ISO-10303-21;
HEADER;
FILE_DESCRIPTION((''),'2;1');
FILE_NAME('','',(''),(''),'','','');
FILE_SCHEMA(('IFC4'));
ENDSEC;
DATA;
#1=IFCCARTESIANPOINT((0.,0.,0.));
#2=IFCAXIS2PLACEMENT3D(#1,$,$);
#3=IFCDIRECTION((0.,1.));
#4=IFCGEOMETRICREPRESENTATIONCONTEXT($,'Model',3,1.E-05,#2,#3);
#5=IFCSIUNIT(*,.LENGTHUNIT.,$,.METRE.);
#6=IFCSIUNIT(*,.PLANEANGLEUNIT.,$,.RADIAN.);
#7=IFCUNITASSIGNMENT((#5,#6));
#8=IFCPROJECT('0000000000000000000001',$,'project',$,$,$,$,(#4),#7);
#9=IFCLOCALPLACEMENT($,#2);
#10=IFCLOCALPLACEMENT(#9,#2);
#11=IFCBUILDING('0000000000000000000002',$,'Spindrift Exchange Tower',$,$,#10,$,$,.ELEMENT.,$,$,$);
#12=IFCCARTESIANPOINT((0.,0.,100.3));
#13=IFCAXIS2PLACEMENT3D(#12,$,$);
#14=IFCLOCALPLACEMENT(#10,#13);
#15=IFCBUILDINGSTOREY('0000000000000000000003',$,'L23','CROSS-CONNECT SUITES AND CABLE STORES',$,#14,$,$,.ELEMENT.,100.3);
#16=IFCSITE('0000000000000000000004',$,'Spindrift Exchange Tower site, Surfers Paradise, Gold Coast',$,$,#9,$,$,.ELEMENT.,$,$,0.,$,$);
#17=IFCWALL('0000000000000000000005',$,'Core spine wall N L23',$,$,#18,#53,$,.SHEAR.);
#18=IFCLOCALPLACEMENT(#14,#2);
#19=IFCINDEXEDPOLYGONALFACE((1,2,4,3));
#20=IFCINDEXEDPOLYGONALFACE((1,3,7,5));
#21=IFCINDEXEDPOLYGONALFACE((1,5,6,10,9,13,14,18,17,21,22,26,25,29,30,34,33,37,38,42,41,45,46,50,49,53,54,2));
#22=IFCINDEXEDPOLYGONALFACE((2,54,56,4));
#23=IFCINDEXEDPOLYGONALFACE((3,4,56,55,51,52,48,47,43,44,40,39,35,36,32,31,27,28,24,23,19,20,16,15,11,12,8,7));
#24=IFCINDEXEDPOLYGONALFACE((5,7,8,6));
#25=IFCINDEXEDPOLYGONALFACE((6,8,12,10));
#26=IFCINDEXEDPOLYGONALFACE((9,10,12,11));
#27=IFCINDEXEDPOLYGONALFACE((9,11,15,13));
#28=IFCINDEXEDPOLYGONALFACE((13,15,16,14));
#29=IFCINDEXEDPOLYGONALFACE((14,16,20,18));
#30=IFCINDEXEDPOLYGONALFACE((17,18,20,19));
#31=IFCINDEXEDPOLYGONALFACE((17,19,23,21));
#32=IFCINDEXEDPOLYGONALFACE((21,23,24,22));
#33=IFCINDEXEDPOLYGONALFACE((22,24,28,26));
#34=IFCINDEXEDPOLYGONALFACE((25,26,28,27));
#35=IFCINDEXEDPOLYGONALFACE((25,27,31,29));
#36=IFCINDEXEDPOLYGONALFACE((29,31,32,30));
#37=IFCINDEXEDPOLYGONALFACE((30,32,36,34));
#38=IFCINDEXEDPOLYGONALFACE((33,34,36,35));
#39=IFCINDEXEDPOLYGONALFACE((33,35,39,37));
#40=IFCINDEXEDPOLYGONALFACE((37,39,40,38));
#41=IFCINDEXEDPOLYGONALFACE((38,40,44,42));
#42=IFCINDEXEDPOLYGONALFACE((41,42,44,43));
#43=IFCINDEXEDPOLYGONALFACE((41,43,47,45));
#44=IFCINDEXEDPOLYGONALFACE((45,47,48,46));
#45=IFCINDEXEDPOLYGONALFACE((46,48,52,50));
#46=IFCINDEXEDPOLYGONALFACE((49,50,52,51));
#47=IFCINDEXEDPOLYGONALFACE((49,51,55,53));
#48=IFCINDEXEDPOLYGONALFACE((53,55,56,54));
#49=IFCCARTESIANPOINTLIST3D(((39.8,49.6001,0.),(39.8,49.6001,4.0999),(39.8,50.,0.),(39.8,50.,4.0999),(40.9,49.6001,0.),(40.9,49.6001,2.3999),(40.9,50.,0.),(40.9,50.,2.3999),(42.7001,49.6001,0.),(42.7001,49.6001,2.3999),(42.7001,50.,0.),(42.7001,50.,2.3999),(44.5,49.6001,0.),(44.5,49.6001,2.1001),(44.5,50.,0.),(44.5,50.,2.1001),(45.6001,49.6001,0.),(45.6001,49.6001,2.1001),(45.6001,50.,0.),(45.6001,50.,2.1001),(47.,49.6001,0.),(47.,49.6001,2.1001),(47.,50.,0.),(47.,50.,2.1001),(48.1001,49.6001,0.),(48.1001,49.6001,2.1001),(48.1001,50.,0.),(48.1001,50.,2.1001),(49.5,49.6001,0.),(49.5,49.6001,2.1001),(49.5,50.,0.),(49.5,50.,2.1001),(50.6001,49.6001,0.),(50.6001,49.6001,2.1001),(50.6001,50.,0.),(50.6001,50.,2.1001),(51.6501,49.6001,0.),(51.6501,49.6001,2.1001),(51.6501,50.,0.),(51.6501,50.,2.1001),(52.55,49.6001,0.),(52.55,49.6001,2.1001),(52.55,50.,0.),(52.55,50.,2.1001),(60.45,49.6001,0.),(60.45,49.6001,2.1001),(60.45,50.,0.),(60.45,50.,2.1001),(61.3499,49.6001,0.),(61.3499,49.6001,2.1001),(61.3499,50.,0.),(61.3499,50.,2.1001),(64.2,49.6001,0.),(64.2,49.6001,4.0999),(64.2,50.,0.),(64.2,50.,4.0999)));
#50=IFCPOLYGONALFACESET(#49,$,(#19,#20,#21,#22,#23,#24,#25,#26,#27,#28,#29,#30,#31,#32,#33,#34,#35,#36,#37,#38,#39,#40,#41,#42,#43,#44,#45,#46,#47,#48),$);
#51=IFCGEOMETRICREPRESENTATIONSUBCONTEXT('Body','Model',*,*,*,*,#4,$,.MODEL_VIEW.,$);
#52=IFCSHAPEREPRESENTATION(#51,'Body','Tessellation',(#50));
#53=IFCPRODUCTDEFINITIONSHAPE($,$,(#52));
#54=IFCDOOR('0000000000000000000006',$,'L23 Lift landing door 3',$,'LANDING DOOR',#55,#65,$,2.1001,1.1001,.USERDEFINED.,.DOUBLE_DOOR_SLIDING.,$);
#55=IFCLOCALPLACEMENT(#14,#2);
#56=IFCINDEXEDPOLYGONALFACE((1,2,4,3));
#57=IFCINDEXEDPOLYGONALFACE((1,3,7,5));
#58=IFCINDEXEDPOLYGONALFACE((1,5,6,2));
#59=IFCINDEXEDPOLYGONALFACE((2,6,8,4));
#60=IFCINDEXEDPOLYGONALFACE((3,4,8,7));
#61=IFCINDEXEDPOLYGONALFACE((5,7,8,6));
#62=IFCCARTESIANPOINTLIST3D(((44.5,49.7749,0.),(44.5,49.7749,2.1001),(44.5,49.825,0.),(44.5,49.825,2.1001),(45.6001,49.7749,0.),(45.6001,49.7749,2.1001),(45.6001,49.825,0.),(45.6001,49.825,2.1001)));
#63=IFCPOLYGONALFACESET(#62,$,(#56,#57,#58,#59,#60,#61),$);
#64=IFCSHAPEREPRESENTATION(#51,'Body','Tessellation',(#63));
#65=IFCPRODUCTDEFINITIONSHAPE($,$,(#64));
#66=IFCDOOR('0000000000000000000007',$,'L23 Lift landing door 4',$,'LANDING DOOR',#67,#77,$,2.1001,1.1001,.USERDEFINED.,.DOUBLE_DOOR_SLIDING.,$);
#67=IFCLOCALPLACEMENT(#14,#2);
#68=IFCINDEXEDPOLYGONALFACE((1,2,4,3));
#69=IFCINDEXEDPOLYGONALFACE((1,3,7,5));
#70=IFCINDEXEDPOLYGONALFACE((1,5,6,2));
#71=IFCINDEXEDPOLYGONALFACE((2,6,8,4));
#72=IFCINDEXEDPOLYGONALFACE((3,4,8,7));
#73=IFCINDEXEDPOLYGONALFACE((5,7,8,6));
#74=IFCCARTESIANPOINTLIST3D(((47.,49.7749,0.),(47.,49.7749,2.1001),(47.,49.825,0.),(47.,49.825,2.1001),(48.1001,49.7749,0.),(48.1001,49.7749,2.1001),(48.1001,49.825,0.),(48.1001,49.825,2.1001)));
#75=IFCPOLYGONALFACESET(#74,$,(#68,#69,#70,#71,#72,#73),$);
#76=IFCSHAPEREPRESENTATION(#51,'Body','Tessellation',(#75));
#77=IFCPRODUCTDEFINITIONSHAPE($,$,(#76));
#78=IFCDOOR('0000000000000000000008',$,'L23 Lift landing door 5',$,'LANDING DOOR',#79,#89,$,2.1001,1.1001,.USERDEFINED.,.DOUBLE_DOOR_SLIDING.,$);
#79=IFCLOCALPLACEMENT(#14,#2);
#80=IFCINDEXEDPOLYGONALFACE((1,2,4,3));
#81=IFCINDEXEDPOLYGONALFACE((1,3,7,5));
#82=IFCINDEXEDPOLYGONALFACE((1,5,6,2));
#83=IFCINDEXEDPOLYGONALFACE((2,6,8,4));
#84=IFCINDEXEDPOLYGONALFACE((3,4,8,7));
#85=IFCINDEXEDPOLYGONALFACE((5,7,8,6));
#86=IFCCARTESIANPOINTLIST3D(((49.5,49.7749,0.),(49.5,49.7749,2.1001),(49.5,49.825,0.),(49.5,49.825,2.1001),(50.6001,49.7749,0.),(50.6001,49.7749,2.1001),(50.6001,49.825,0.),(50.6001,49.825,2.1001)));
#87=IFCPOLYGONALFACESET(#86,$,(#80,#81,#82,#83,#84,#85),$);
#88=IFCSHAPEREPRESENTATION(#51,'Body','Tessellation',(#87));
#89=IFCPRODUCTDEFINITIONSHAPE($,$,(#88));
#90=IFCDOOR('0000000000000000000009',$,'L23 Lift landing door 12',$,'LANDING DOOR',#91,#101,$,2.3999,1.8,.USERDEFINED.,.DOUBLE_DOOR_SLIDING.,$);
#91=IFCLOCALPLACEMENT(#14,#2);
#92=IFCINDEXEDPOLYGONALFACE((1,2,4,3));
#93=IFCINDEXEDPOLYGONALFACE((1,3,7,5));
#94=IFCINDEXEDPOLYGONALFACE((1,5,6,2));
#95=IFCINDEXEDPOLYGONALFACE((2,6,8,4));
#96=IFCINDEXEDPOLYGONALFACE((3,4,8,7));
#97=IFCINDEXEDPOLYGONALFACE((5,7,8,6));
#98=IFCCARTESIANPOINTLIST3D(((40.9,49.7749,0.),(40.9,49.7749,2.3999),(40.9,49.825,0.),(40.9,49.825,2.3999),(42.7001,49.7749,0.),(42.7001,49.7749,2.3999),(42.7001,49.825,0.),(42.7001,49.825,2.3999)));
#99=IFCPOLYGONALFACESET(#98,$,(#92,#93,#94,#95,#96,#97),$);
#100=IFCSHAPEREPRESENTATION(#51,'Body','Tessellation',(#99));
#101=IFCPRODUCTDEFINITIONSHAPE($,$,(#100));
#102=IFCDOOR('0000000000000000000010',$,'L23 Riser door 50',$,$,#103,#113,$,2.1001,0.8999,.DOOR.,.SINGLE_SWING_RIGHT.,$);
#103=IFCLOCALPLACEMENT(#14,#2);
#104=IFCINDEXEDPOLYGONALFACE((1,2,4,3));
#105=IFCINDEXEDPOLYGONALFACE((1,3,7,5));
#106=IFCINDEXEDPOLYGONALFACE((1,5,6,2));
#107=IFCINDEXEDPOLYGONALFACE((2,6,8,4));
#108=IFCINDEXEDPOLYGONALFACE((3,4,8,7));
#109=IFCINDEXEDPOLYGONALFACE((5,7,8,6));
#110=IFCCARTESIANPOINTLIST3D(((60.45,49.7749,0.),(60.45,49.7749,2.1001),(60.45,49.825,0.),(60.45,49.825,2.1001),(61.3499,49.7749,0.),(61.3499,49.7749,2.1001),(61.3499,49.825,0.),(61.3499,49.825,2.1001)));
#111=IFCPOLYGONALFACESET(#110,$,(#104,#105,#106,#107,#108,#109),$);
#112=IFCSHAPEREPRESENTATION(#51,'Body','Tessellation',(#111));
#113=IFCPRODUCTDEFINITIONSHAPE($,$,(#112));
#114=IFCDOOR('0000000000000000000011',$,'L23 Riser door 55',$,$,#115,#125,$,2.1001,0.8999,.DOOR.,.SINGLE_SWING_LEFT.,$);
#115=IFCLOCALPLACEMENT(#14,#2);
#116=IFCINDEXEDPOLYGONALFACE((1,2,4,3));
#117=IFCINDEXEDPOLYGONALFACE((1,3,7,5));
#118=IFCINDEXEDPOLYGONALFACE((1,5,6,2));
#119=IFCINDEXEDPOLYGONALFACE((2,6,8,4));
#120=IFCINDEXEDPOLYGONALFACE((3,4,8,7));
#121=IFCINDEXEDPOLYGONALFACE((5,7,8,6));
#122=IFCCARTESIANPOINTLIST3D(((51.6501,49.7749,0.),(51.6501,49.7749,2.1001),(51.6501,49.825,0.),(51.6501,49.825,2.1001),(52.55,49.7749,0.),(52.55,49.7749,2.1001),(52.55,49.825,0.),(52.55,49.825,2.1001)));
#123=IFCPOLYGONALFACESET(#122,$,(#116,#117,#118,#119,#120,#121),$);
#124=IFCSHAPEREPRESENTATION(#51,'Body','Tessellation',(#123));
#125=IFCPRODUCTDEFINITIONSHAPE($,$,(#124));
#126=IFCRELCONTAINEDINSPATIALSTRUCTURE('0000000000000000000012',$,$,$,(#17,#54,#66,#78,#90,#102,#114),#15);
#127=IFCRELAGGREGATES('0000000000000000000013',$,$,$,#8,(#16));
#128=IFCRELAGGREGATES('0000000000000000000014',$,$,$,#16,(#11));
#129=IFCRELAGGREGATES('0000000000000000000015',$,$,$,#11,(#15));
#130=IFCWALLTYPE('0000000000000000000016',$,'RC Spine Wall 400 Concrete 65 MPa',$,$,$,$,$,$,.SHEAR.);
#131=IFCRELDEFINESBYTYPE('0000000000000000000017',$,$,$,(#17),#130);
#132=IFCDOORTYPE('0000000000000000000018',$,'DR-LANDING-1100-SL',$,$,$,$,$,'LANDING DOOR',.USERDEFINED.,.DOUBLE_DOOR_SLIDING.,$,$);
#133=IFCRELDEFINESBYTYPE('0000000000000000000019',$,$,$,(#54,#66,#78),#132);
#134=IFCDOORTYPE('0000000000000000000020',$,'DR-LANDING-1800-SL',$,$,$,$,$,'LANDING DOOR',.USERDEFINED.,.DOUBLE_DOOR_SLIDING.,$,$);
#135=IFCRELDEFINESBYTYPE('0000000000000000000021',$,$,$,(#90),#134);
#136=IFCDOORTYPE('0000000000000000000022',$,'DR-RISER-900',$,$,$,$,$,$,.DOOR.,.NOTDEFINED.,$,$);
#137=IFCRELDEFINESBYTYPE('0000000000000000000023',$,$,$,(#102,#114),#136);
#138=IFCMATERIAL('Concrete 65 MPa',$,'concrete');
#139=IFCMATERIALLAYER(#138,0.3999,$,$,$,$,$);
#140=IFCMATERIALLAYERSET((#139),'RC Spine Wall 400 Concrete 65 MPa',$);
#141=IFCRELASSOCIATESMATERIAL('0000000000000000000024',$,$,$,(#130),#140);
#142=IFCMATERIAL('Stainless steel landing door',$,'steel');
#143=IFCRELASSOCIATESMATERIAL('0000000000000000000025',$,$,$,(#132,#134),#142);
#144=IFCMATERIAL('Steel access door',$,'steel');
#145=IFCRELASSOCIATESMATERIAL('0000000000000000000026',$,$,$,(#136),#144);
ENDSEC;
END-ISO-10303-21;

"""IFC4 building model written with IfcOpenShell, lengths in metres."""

from ifc_helpers import new_model, si_unit, direction, frame, frame_2d, origin, place, context, subcontext, project, spatial, rectangle, extrude, source, transform, mapped, material, layer, layer_set, type_object, element, fill, save


model = new_model("IFC4")

# Units and contexts
model_context = context("Model", 3, precision=1e-05, world=origin(), true_north=direction((0.0, 1.0)))
body_context = subcontext(model_context, "Body", "Model", "MODEL_VIEW")
ifc_project = project(units=[si_unit("LENGTHUNIT", "METRE"), si_unit("PLANEANGLEUNIT", "RADIAN")], contexts=[model_context])

# Site, building, storey
site_placement = place(None, origin())
site = spatial("IfcSite", under=ifc_project, at=site_placement, Name="Spindrift Exchange Tower site, Surfers Paradise, Gold Coast", CompositionType="ELEMENT", RefElevation=0.0)
building_placement = place(site_placement, origin())
building = spatial("IfcBuilding", under=site, at=building_placement, Name="Spindrift Exchange Tower", CompositionType="ELEMENT")
storey_placement = place(building_placement, frame((0.0, 0.0, 100.3)))
storey = spatial("IfcBuildingStorey", under=building, at=storey_placement, Name="L23", Description="CROSS-CONNECT SUITES AND CABLE STORES", CompositionType="ELEMENT", Elevation=100.3)

# Shared definitions
ifc_material_1 = material(Name="Concrete 65 MPa", Category="concrete")

# Wall, openings, doors
ifc_layer_1 = layer(ifc_material_1, 0.3999)
ifc_layer_set_1 = layer_set([ifc_layer_1], Name="RC Spine Wall 400 Concrete 65 MPa")
wall_type_1 = type_object("IfcWallType", Name="RC Spine Wall 400 Concrete 65 MPa", PredefinedType="SHEAR", material=ifc_layer_set_1)
wall_1_placement = place(storey_placement, frame((39.8, 49.8, 0.0), z_axis=(0.0, 0.0, 1.0), x_axis=(1.0, 0.0, 0.0)))
wall_1 = element("IfcWall", 1, at=wall_1_placement, inside=storey, type_object=wall_type_1, Name="Core spine wall N L23", PredefinedType="SHEAR", context=body_context, shape_type="SweptSolid", body=[
    extrude(rectangle(XDim=24.3999, YDim=0.3999, at=frame_2d((12.2, 0.0))), origin(), (0.0, 0.0, 1.0), 4.0999),
])
opening_1_placement = place(wall_1_placement, frame((4.7, 0.0, 0.0)))
opening_1 = element("IfcOpeningElement", 2, at=opening_1_placement, cuts=wall_1, PredefinedType="OPENING", context=body_context, shape_type="SweptSolid", body=[
    extrude(rectangle(XDim=1.1001, YDim=2.1001, at=frame_2d((0.55, 1.05))), frame((0.0, 0.21, 0.0), z_axis=(0.0, -1.0, 0.0), x_axis=(1.0, 0.0, 0.0)), (0.0, 0.0, 1.0), 0.4199),
])
opening_2_placement = place(wall_1_placement, frame((7.2, 0.0, 0.0)))
opening_2 = element("IfcOpeningElement", 3, at=opening_2_placement, cuts=wall_1, PredefinedType="OPENING", context=body_context, shape_type="SweptSolid", body=[
    extrude(rectangle(XDim=1.1001, YDim=2.1001, at=frame_2d((0.55, 1.05))), frame((0.0, 0.21, 0.0), z_axis=(0.0, -1.0, 0.0), x_axis=(1.0, 0.0, 0.0)), (0.0, 0.0, 1.0), 0.4199),
])
opening_3_placement = place(wall_1_placement, frame((9.7, 0.0, 0.0)))
opening_3 = element("IfcOpeningElement", 4, at=opening_3_placement, cuts=wall_1, PredefinedType="OPENING", context=body_context, shape_type="SweptSolid", body=[
    extrude(rectangle(XDim=1.1001, YDim=2.1001, at=frame_2d((0.55, 1.05))), frame((0.0, 0.21, 0.0), z_axis=(0.0, -1.0, 0.0), x_axis=(1.0, 0.0, 0.0)), (0.0, 0.0, 1.0), 0.4199),
])
opening_4_placement = place(wall_1_placement, frame((1.1001, 0.0, 0.0)))
opening_4 = element("IfcOpeningElement", 5, at=opening_4_placement, cuts=wall_1, PredefinedType="OPENING", context=body_context, shape_type="SweptSolid", body=[
    extrude(rectangle(XDim=1.8, YDim=2.3999, at=frame_2d((0.8999, 1.2))), frame((0.0, 0.21, 0.0), z_axis=(0.0, -1.0, 0.0), x_axis=(1.0, 0.0, 0.0)), (0.0, 0.0, 1.0), 0.4199),
])
opening_5_placement = place(wall_1_placement, frame((20.6499, 0.0, 0.0)))
opening_5 = element("IfcOpeningElement", 6, at=opening_5_placement, cuts=wall_1, PredefinedType="OPENING", context=body_context, shape_type="SweptSolid", body=[
    extrude(rectangle(XDim=0.8999, YDim=2.1001, at=frame_2d((0.45, 1.05))), frame((0.0, 0.21, 0.0), z_axis=(0.0, -1.0, 0.0), x_axis=(1.0, 0.0, 0.0)), (0.0, 0.0, 1.0), 0.4199),
])
opening_6_placement = place(wall_1_placement, frame((11.8501, 0.0, 0.0)))
opening_6 = element("IfcOpeningElement", 7, at=opening_6_placement, cuts=wall_1, PredefinedType="OPENING", context=body_context, shape_type="SweptSolid", body=[
    extrude(rectangle(XDim=0.8999, YDim=2.1001, at=frame_2d((0.45, 1.05))), frame((0.0, 0.21, 0.0), z_axis=(0.0, -1.0, 0.0), x_axis=(1.0, 0.0, 0.0)), (0.0, 0.0, 1.0), 0.4199),
])
ifc_material_2 = material(Name="Stainless steel landing door", Category="steel")
door_type_1 = type_object("IfcDoorType", Name="DR-LANDING-1100-SL", ElementType="LANDING DOOR", OperationType="DOUBLE_DOOR_SLIDING", PredefinedType="USERDEFINED", material=ifc_material_2)
shared_shape_1 = source(origin(), body_context, "Body", "SweptSolid", [
    extrude(rectangle(XDim=1.1001, YDim=2.1001, at=frame_2d((0.55, 1.05))), frame((0.0, 0.0249, 0.0), z_axis=(0.0, -1.0, 0.0), x_axis=(1.0, 0.0, 0.0)), (0.0, 0.0, 1.0), 0.05),
])
door_1_placement = place(opening_1_placement, origin())
door_1 = element("IfcDoor", 8, at=door_1_placement, inside=storey, type_object=door_type_1, Name="L23 Lift landing door 3", ObjectType="LANDING DOOR", OperationType="DOUBLE_DOOR_SLIDING", OverallHeight=2.1001, OverallWidth=1.1001, PredefinedType="USERDEFINED", context=body_context, shape_type="MappedRepresentation", body=[
    mapped(shared_shape_1, transform((0.0, 0.0, 0.0), scale=1.0)),
])
fill(opening_1, door_1)
door_2_placement = place(opening_2_placement, origin())
door_2 = element("IfcDoor", 9, at=door_2_placement, inside=storey, type_object=door_type_1, Name="L23 Lift landing door 4", ObjectType="LANDING DOOR", OperationType="DOUBLE_DOOR_SLIDING", OverallHeight=2.1001, OverallWidth=1.1001, PredefinedType="USERDEFINED", context=body_context, shape_type="MappedRepresentation", body=[
    mapped(shared_shape_1, transform((0.0, 0.0, 0.0), scale=1.0)),
])
fill(opening_2, door_2)
door_3_placement = place(opening_3_placement, origin())
door_3 = element("IfcDoor", 10, at=door_3_placement, inside=storey, type_object=door_type_1, Name="L23 Lift landing door 5", ObjectType="LANDING DOOR", OperationType="DOUBLE_DOOR_SLIDING", OverallHeight=2.1001, OverallWidth=1.1001, PredefinedType="USERDEFINED", context=body_context, shape_type="MappedRepresentation", body=[
    mapped(shared_shape_1, transform((0.0, 0.0, 0.0), scale=1.0)),
])
fill(opening_3, door_3)
door_type_2 = type_object("IfcDoorType", Name="DR-LANDING-1800-SL", ElementType="LANDING DOOR", OperationType="DOUBLE_DOOR_SLIDING", PredefinedType="USERDEFINED", material=ifc_material_2)
shared_shape_2 = source(origin(), body_context, "Body", "SweptSolid", [
    extrude(rectangle(XDim=1.8, YDim=2.3999, at=frame_2d((0.8999, 1.2))), frame((0.0, 0.0249, 0.0), z_axis=(0.0, -1.0, 0.0), x_axis=(1.0, 0.0, 0.0)), (0.0, 0.0, 1.0), 0.05),
])
door_4_placement = place(opening_4_placement, origin())
door_4 = element("IfcDoor", 11, at=door_4_placement, inside=storey, type_object=door_type_2, Name="L23 Lift landing door 12", ObjectType="LANDING DOOR", OperationType="DOUBLE_DOOR_SLIDING", OverallHeight=2.3999, OverallWidth=1.8, PredefinedType="USERDEFINED", context=body_context, shape_type="MappedRepresentation", body=[
    mapped(shared_shape_2, transform((0.0, 0.0, 0.0), scale=1.0)),
])
fill(opening_4, door_4)
ifc_material_3 = material(Name="Steel access door", Category="steel")
door_type_3 = type_object("IfcDoorType", Name="DR-RISER-900", OperationType="NOTDEFINED", PredefinedType="DOOR", material=ifc_material_3)
shared_shape_3 = source(origin(), body_context, "Body", "SweptSolid", [
    extrude(rectangle(XDim=0.8999, YDim=2.1001, at=frame_2d((0.45, 1.05))), frame((0.0, 0.0249, 0.0), z_axis=(0.0, -1.0, 0.0), x_axis=(1.0, 0.0, 0.0)), (0.0, 0.0, 1.0), 0.05),
])
door_5_placement = place(opening_5_placement, origin())
door_5 = element("IfcDoor", 12, at=door_5_placement, inside=storey, type_object=door_type_3, Name="L23 Riser door 50", OperationType="SINGLE_SWING_RIGHT", OverallHeight=2.1001, OverallWidth=0.8999, PredefinedType="DOOR", context=body_context, shape_type="MappedRepresentation", body=[
    mapped(shared_shape_3, transform((0.0, 0.0, 0.0), scale=1.0)),
])
fill(opening_5, door_5)
door_6_placement = place(opening_6_placement, origin())
door_6 = element("IfcDoor", 13, at=door_6_placement, inside=storey, type_object=door_type_3, Name="L23 Riser door 55", OperationType="SINGLE_SWING_LEFT", OverallHeight=2.1001, OverallWidth=0.8999, PredefinedType="DOOR", context=body_context, shape_type="MappedRepresentation", body=[
    mapped(shared_shape_3, transform((0.0, 0.0, 0.0), scale=1.0)),
])
fill(opening_6, door_6)

save(model, "model.ifc")
